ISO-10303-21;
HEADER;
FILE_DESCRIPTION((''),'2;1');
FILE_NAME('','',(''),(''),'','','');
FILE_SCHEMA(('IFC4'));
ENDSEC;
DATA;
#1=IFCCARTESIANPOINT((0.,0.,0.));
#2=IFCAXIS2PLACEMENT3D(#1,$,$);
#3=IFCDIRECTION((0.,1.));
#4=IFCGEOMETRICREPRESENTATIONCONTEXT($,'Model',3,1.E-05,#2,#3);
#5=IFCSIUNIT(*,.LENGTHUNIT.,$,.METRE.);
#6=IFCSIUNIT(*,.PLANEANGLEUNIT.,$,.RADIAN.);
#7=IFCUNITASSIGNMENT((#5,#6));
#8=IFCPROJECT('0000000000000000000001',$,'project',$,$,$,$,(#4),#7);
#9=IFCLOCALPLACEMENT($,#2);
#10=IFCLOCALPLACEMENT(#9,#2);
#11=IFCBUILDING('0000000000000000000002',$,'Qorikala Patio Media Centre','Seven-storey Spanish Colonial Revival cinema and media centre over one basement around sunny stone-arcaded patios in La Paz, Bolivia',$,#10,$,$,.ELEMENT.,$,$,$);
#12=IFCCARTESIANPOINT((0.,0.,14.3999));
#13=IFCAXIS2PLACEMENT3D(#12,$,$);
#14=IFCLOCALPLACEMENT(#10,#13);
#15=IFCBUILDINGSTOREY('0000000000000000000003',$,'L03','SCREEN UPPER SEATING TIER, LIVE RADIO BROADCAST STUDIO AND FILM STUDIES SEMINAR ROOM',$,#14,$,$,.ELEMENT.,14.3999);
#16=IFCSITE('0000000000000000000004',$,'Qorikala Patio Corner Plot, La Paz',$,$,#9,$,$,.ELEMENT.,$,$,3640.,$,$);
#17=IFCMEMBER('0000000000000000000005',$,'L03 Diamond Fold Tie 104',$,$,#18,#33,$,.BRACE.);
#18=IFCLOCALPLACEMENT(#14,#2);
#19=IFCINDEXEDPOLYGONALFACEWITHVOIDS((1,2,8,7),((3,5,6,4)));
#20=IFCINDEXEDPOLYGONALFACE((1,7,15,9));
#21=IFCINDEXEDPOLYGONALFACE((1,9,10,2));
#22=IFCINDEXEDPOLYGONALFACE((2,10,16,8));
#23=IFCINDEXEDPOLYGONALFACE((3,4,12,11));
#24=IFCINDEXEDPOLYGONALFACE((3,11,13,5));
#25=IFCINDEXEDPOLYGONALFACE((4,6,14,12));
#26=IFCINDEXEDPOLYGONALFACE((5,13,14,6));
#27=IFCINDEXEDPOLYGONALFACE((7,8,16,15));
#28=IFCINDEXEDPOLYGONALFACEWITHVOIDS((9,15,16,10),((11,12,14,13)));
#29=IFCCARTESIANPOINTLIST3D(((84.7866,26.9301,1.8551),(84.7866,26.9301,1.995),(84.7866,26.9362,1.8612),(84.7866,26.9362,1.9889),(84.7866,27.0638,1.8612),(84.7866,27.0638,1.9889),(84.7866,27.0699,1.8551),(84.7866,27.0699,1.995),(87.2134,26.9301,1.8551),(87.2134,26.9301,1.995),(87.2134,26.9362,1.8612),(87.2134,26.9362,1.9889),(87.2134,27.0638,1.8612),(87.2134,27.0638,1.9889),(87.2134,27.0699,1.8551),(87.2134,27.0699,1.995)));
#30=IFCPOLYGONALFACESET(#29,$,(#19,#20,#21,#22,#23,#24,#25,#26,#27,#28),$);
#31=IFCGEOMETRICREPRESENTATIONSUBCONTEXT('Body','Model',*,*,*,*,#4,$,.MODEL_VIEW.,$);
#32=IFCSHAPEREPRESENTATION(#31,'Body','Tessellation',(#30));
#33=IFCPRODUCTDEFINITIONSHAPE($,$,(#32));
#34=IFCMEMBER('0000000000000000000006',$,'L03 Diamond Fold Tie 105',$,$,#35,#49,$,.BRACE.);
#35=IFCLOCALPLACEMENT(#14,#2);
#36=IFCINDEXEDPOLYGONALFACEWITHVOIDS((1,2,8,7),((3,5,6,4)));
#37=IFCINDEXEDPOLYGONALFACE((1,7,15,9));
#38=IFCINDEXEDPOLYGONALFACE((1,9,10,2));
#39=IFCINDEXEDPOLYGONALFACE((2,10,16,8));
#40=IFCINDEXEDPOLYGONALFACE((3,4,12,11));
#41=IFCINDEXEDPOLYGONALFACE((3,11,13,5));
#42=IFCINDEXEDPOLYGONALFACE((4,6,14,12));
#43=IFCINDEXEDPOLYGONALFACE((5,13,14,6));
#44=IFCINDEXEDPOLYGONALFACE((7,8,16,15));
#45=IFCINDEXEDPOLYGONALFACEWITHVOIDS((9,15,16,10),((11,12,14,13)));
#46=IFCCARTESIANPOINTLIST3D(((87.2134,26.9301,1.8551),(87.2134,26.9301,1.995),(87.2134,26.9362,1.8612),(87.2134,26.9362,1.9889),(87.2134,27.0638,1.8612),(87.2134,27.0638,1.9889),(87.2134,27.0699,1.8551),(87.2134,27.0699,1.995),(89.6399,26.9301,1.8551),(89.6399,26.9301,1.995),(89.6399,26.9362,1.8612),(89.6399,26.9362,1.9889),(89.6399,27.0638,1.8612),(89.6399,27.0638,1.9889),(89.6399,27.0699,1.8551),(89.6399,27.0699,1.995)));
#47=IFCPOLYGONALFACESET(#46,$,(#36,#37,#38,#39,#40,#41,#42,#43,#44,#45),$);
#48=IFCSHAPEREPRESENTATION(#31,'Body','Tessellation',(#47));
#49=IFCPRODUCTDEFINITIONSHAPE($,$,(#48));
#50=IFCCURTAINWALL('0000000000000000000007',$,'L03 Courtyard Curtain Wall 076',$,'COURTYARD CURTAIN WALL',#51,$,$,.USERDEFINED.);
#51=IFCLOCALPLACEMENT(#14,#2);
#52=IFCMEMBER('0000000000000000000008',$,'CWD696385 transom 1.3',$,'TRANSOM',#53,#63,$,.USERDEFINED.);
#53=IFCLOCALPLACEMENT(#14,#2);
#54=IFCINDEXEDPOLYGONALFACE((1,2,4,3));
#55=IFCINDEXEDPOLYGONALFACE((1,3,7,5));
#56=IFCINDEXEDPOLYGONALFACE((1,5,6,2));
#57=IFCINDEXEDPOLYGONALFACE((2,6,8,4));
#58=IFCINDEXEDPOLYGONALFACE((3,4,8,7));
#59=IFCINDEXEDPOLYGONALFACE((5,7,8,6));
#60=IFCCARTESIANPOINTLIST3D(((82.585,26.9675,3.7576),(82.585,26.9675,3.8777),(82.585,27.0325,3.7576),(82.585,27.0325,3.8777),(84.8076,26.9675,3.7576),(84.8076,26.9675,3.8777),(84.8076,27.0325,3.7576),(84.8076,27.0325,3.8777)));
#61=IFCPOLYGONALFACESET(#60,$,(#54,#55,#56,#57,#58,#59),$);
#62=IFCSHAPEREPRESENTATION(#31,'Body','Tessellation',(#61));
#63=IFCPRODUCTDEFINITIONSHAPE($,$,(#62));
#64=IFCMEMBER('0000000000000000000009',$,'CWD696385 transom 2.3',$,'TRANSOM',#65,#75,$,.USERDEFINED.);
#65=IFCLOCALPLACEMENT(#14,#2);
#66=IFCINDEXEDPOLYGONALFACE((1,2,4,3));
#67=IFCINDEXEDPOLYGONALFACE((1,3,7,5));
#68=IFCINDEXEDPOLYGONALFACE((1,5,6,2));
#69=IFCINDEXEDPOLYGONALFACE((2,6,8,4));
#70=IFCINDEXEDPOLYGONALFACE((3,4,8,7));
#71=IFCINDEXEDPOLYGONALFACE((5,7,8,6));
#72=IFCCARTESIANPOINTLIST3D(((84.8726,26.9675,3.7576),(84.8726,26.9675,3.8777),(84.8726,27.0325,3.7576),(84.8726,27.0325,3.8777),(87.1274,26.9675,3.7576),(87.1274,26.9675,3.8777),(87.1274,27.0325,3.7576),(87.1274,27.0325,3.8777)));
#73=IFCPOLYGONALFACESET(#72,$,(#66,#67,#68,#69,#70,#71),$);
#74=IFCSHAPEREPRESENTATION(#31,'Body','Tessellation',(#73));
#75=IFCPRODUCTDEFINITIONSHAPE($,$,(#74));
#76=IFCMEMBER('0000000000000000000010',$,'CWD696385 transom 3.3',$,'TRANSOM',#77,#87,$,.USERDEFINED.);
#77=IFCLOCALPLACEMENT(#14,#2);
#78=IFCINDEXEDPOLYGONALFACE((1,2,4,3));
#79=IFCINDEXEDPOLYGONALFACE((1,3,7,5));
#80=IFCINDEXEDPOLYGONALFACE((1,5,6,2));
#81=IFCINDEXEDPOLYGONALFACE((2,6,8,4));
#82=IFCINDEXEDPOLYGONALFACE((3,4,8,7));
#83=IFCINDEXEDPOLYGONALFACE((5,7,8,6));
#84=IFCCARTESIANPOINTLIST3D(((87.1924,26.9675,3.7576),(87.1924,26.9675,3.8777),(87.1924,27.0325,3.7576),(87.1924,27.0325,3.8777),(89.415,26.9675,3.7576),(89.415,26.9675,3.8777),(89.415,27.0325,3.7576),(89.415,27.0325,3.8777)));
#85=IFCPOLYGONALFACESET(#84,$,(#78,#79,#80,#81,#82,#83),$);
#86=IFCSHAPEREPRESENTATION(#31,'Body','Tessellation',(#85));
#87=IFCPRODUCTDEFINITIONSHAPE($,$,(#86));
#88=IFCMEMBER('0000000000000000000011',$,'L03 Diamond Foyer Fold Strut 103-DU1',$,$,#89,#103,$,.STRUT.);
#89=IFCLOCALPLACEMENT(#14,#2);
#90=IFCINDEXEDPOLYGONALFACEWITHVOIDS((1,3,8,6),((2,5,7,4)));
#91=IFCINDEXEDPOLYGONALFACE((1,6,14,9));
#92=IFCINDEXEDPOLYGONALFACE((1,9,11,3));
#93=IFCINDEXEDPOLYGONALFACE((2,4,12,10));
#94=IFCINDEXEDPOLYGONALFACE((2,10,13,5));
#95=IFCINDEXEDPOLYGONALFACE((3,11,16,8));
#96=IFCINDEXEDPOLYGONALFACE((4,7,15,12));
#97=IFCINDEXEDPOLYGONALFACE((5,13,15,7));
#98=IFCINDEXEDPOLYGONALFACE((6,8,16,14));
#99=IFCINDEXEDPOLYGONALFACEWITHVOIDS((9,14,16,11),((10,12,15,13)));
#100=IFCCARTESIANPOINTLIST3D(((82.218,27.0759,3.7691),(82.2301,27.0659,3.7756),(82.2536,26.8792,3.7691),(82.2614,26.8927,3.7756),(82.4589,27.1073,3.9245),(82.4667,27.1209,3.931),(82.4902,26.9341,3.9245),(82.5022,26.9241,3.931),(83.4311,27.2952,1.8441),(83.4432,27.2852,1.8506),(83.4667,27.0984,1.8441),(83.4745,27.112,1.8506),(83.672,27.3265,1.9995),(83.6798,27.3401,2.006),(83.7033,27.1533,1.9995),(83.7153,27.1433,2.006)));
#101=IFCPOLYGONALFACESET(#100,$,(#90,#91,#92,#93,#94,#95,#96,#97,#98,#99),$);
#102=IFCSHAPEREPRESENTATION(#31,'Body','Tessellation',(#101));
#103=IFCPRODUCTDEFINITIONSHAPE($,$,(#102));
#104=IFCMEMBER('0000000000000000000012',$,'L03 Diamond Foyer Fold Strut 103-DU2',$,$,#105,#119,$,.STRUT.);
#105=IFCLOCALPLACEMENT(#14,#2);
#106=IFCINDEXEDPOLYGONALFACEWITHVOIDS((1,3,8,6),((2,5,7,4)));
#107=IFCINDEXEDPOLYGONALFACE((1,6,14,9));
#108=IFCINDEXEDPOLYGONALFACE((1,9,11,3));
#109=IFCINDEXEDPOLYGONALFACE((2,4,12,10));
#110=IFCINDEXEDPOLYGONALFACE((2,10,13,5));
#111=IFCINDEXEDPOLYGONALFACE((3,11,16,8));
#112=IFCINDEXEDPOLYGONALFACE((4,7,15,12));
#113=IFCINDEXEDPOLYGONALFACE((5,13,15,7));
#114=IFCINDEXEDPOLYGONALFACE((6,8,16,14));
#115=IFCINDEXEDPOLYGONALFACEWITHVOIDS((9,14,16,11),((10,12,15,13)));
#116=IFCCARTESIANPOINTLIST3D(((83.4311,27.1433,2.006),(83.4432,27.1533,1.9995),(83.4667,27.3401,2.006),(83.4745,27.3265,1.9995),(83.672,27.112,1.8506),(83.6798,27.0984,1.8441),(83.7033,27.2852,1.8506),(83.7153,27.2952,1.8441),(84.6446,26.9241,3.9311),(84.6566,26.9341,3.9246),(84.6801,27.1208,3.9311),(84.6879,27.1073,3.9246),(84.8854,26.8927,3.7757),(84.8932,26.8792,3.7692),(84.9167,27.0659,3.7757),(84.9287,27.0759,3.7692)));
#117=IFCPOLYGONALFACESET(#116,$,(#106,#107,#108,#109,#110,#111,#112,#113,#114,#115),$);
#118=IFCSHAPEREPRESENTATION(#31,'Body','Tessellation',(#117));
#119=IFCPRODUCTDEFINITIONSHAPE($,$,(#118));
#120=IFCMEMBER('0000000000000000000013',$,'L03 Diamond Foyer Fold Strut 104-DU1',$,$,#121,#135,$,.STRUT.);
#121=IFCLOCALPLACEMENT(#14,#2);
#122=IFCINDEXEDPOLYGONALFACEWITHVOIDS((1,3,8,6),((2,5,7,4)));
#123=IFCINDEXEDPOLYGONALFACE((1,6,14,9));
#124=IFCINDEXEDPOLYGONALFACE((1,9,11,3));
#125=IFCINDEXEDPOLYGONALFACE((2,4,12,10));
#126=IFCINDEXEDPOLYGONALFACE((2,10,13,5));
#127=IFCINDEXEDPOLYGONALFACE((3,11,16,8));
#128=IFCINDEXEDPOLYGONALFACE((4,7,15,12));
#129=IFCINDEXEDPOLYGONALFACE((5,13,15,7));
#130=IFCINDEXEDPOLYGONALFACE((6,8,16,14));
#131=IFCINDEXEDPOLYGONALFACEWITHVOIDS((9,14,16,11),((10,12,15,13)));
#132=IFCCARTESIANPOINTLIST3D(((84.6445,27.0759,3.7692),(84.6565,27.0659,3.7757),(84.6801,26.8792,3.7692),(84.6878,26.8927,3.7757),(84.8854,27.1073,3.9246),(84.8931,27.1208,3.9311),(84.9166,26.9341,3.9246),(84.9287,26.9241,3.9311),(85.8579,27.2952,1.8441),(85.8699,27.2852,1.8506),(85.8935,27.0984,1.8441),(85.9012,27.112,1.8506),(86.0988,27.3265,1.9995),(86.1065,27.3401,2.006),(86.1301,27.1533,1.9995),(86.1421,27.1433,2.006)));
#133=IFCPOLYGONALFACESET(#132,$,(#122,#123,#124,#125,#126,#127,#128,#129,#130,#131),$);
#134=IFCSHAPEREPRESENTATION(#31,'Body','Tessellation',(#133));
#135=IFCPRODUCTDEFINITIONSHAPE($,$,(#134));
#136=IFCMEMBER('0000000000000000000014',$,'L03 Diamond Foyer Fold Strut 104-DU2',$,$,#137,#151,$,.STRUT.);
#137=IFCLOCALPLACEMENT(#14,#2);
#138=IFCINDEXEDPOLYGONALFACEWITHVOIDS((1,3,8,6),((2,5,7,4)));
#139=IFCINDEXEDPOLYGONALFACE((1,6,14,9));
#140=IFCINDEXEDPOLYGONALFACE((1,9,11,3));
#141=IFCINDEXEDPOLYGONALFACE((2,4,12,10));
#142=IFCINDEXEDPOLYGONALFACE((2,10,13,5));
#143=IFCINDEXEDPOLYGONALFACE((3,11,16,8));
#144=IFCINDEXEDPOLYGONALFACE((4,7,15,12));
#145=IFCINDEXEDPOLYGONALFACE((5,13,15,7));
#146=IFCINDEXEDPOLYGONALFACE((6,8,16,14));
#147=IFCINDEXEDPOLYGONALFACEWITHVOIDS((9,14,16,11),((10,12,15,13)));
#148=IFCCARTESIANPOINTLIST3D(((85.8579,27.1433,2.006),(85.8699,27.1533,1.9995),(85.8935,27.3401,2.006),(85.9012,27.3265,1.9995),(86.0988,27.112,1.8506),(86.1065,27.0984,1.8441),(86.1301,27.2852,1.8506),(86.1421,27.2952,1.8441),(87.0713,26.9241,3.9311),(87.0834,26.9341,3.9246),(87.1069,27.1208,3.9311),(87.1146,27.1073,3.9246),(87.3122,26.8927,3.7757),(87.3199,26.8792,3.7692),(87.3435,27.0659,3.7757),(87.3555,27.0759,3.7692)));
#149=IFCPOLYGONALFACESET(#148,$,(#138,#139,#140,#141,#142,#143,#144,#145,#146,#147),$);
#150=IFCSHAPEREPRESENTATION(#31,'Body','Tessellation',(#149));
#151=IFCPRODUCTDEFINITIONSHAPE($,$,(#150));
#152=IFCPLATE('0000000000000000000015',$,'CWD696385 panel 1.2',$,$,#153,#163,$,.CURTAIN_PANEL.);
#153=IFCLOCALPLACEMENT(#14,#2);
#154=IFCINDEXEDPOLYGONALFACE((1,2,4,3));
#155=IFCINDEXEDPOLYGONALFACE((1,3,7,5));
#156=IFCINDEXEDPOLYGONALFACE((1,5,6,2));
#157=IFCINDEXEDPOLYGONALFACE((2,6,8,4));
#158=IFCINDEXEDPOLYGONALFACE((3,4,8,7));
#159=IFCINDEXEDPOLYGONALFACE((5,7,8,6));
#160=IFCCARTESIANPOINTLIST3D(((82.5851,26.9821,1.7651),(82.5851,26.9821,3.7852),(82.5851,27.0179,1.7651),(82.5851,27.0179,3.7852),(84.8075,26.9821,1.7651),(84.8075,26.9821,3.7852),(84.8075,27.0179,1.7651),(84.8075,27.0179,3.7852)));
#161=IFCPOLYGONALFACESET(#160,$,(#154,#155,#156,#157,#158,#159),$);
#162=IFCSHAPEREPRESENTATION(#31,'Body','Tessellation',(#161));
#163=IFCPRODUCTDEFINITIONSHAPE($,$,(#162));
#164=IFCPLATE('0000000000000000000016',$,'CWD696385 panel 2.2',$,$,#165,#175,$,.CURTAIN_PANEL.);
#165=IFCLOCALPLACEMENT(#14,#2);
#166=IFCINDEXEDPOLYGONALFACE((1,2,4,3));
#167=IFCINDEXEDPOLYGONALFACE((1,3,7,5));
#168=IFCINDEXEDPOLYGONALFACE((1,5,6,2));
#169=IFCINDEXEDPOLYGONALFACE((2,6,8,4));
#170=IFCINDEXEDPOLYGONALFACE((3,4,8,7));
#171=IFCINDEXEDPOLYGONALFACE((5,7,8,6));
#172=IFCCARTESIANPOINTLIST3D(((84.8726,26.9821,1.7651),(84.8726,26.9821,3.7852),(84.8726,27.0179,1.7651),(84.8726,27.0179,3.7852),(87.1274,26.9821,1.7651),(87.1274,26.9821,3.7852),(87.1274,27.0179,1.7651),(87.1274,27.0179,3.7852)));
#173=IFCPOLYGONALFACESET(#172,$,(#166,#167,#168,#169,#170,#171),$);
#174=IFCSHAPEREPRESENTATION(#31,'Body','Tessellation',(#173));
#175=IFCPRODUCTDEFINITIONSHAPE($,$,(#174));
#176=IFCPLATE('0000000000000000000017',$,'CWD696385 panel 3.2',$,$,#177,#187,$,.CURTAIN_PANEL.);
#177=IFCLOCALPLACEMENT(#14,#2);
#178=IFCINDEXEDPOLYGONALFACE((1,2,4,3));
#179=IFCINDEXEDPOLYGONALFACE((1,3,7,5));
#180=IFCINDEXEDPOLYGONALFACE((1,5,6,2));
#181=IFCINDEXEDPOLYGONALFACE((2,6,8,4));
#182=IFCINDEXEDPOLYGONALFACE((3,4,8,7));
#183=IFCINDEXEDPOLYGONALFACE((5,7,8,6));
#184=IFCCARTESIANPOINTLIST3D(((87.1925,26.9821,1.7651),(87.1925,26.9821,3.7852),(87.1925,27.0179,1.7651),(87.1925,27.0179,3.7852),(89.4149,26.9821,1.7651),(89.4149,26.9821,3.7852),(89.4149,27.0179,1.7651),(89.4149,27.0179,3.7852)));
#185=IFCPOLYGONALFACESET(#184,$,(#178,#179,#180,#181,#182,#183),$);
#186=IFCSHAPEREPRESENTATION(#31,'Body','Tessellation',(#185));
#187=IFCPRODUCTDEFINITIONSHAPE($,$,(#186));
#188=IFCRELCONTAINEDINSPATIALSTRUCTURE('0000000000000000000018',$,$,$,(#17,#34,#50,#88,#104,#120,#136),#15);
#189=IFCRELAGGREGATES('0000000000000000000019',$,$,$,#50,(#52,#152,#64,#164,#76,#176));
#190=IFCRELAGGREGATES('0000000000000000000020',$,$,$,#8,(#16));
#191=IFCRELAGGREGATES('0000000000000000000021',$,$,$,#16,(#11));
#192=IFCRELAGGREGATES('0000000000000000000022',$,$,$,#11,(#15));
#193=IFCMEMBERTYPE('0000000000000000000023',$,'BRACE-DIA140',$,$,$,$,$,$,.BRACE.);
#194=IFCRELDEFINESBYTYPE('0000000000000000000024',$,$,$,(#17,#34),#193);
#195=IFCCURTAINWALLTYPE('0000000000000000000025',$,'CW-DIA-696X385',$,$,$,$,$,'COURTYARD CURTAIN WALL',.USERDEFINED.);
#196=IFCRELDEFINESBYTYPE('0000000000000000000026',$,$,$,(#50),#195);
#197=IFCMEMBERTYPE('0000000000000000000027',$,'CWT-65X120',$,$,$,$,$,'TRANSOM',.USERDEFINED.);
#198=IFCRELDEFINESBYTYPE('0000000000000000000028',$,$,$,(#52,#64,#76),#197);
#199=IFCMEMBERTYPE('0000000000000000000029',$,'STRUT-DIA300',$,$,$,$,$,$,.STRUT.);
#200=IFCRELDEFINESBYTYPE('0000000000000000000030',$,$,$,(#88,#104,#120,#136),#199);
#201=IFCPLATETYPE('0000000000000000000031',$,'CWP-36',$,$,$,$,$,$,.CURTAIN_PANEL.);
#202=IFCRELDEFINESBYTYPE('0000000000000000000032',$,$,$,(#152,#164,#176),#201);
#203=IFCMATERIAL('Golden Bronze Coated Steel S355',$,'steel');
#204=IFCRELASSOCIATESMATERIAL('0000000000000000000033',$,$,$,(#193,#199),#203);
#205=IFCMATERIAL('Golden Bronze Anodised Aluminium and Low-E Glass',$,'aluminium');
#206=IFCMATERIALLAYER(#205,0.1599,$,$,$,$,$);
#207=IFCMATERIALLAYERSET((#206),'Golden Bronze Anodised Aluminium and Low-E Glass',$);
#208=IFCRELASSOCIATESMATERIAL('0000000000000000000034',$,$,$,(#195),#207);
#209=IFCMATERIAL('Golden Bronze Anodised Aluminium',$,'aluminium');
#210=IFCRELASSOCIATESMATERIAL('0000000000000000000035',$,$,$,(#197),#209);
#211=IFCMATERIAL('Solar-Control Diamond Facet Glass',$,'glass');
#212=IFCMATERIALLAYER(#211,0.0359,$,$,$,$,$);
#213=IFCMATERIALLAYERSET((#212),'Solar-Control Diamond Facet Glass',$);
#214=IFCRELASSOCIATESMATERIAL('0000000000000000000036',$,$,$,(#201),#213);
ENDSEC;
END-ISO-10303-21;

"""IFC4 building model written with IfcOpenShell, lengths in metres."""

from ifc_helpers import new_model, si_unit, direction, frame, origin, origin_2d, place, context, subcontext, project, spatial, rectangle, hollow_rectangle, extrude, material, layer, layer_set, material_profile, profile_set, type_object, element, aggregate, save


model = new_model("IFC4")

# Units and contexts
model_context = context("Model", 3, precision=1e-05, world=origin(), true_north=direction((0.0, 1.0)))
body_context = subcontext(model_context, "Body", "Model", "MODEL_VIEW")
ifc_project = project(units=[si_unit("LENGTHUNIT", "METRE"), si_unit("PLANEANGLEUNIT", "RADIAN")], contexts=[model_context])

# Site, building, storey
site_placement = place(None, origin())
site = spatial("IfcSite", under=ifc_project, at=site_placement, Name="Qorikala Patio Corner Plot, La Paz", CompositionType="ELEMENT", RefElevation=3640.0)
building_placement = place(site_placement, origin())
building = spatial("IfcBuilding", under=site, at=building_placement, Name="Qorikala Patio Media Centre", Description="Seven-storey Spanish Colonial Revival cinema and media centre over one basement around sunny stone-arcaded patios in La Paz, Bolivia", CompositionType="ELEMENT")
storey_placement = place(building_placement, frame((0.0, 0.0, 14.3999)))
storey = spatial("IfcBuildingStorey", under=building, at=storey_placement, Name="L03", Description="SCREEN UPPER SEATING TIER, LIVE RADIO BROADCAST STUDIO AND FILM STUDIES SEMINAR ROOM", CompositionType="ELEMENT", Elevation=14.3999)

# Members
ifc_material_1 = material(Name="Golden Bronze Coated Steel S355", Category="steel")
ifc_material_profile_1 = material_profile(ifc_material_1, hollow_rectangle(XDim=0.1399, YDim=0.1399, WallThickness=0.0061, at=origin_2d()), Name="HSS140X140X6")
ifc_profile_set_1 = profile_set([ifc_material_profile_1], Name="Golden Bronze Coated Steel S355")
member_type_1 = type_object("IfcMemberType", Name="BRACE-DIA140", PredefinedType="BRACE", material=ifc_profile_set_1)
member_1_placement = place(storey_placement, frame((84.7866, 27.0, 1.925), z_axis=(1.0, 0.0, 0.0), x_axis=(0.0, 1.0, 0.0)))
element("IfcMember", 1, at=member_1_placement, inside=storey, type_object=member_type_1, Name="L03 Diamond Fold Tie 104", PredefinedType="BRACE", context=body_context, shape_type="SweptSolid", body=[
    extrude(hollow_rectangle(XDim=0.1399, YDim=0.1399, WallThickness=0.0061, at=origin_2d()), origin(), (0.0, 0.0, 1.0), 2.4268),
])
member_2_placement = place(storey_placement, frame((87.2134, 27.0, 1.925), z_axis=(1.0, 0.0, 0.0), x_axis=(0.0, 1.0, 0.0)))
element("IfcMember", 2, at=member_2_placement, inside=storey, type_object=member_type_1, Name="L03 Diamond Fold Tie 105", PredefinedType="BRACE", context=body_context, shape_type="SweptSolid", body=[
    extrude(hollow_rectangle(XDim=0.1399, YDim=0.1399, WallThickness=0.0061, at=origin_2d()), origin(), (0.0, 0.0, 1.0), 2.4265),
])

# Curtain wall, members
ifc_material_2 = material(Name="Golden Bronze Anodised Aluminium and Low-E Glass", Category="aluminium")
ifc_layer_1 = layer(ifc_material_2, 0.1599)
ifc_layer_set_1 = layer_set([ifc_layer_1], Name="Golden Bronze Anodised Aluminium and Low-E Glass")
curtain_wall_type = type_object("IfcCurtainWallType", Name="CW-DIA-696X385", ElementType="COURTYARD CURTAIN WALL", PredefinedType="USERDEFINED", material=ifc_layer_set_1)
curtain_wall_placement = place(storey_placement, origin())
curtain_wall = element("IfcCurtainWall", 3, at=curtain_wall_placement, inside=storey, type_object=curtain_wall_type, Name="L03 Courtyard Curtain Wall 076", ObjectType="COURTYARD CURTAIN WALL", PredefinedType="USERDEFINED")
ifc_material_3 = material(Name="Golden Bronze Anodised Aluminium", Category="aluminium")
ifc_material_profile_2 = material_profile(ifc_material_3, rectangle(XDim=0.0649, YDim=0.1201, at=origin_2d()), Name="ALU TRANSOM 65x120")
ifc_profile_set_2 = profile_set([ifc_material_profile_2], Name="Golden Bronze Anodised Aluminium")
member_type_2 = type_object("IfcMemberType", Name="CWT-65X120", ElementType="TRANSOM", PredefinedType="USERDEFINED", material=ifc_profile_set_2)
member_3_placement = place(storey_placement, frame((82.585, 27.0, 3.8176), z_axis=(1.0, 0.0, 0.0), x_axis=(0.0, 1.0, 0.0)))
member_3 = element("IfcMember", 4, at=member_3_placement, type_object=member_type_2, Name="CWD696385 transom 1.3", ObjectType="TRANSOM", PredefinedType="USERDEFINED", context=body_context, shape_type="SweptSolid", body=[
    extrude(rectangle(XDim=0.0649, YDim=0.1201, at=origin_2d()), origin(), (0.0, 0.0, 1.0), 2.2227),
])
member_4_placement = place(storey_placement, frame((84.8726, 27.0, 3.8176), z_axis=(1.0, 0.0, 0.0), x_axis=(0.0, 1.0, 0.0)))
member_4 = element("IfcMember", 5, at=member_4_placement, type_object=member_type_2, Name="CWD696385 transom 2.3", ObjectType="TRANSOM", PredefinedType="USERDEFINED", context=body_context, shape_type="SweptSolid", body=[
    extrude(rectangle(XDim=0.0649, YDim=0.1201, at=origin_2d()), origin(), (0.0, 0.0, 1.0), 2.2549),
])
member_5_placement = place(storey_placement, frame((87.1924, 27.0, 3.8176), z_axis=(1.0, 0.0, 0.0), x_axis=(0.0, 1.0, 0.0)))
member_5 = element("IfcMember", 6, at=member_5_placement, type_object=member_type_2, Name="CWD696385 transom 3.3", ObjectType="TRANSOM", PredefinedType="USERDEFINED", context=body_context, shape_type="SweptSolid", body=[
    extrude(rectangle(XDim=0.0649, YDim=0.1201, at=origin_2d()), origin(), (0.0, 0.0, 1.0), 2.2227),
])

# Members
ifc_material_profile_3 = material_profile(ifc_material_1, hollow_rectangle(XDim=0.2, YDim=0.3, WallThickness=0.012, at=origin_2d()), Name="HSS300X200X12")
ifc_profile_set_3 = profile_set([ifc_material_profile_3], Name="Golden Bronze Coated Steel S355")
member_type_3 = type_object("IfcMemberType", Name="STRUT-DIA300", PredefinedType="STRUT", material=ifc_profile_set_3)
member_6_placement = place(storey_placement, frame((83.5732, 27.2192, 1.925), z_axis=(-0.530691, -0.095907, 0.842121), x_axis=(0.17784, -0.984059, 0.0)))
element("IfcMember", 7, at=member_6_placement, inside=storey, type_object=member_type_3, Name="L03 Diamond Foyer Fold Strut 103-DU1", PredefinedType="STRUT", context=body_context, shape_type="SweptSolid", body=[
    extrude(hollow_rectangle(XDim=0.2, YDim=0.3, WallThickness=0.012, at=origin_2d()), origin(), (0.0, 0.0, 1.0), 2.2859),
])
for number, where, z_axis, x_axis, name in (
    (8, (83.5732, 27.2192, 1.925), (0.530768, -0.095901, 0.842074), (0.177805, 0.984066, 0.0), "L03 Diamond Foyer Fold Strut 103-DU2"),
    (9, (86.0, 27.2192, 1.925), (-0.530768, -0.095901, 0.842074), (0.177805, -0.984066, 0.0), "L03 Diamond Foyer Fold Strut 104-DU1"),
    (10, (86.0, 27.2192, 1.925), (0.530768, -0.095901, 0.842074), (0.177805, 0.984066, 0.0), "L03 Diamond Foyer Fold Strut 104-DU2"),
):
    element("IfcMember", number, at=place(storey_placement, frame(where, z_axis=z_axis, x_axis=x_axis)), inside=storey, type_object=member_type_3, Name=name, PredefinedType="STRUT", context=body_context, shape_type="SweptSolid", body=[
        extrude(hollow_rectangle(XDim=0.2, YDim=0.3, WallThickness=0.012, at=origin_2d()), origin(), (0.0, 0.0, 1.0), 2.2861),
    ])

# Plates
ifc_material_4 = material(Name="Solar-Control Diamond Facet Glass", Category="glass")
ifc_layer_2 = layer(ifc_material_4, 0.0359)
ifc_layer_set_2 = layer_set([ifc_layer_2], Name="Solar-Control Diamond Facet Glass")
plate_type_1 = type_object("IfcPlateType", Name="CWP-36", PredefinedType="CURTAIN_PANEL", material=ifc_layer_set_2)
plate_1_placement = place(storey_placement, frame((83.6963, 27.0, 1.7651), z_axis=(0.0, 0.0, 1.0), x_axis=(1.0, 0.0, 0.0)))
plate_1 = element("IfcPlate", 11, at=plate_1_placement, type_object=plate_type_1, Name="CWD696385 panel 1.2", PredefinedType="CURTAIN_PANEL", context=body_context, shape_type="SweptSolid", body=[
    extrude(rectangle(XDim=2.2224, YDim=0.0359, at=origin_2d()), origin(), (0.0, 0.0, 1.0), 2.02),
])
plate_2_placement = place(storey_placement, frame((86.0, 27.0, 1.7651), z_axis=(0.0, 0.0, 1.0), x_axis=(1.0, 0.0, 0.0)))
plate_2 = element("IfcPlate", 12, at=plate_2_placement, type_object=plate_type_1, Name="CWD696385 panel 2.2", PredefinedType="CURTAIN_PANEL", context=body_context, shape_type="SweptSolid", body=[
    extrude(rectangle(XDim=2.2549, YDim=0.0359, at=origin_2d()), origin(), (0.0, 0.0, 1.0), 2.02),
])
plate_3_placement = place(storey_placement, frame((88.3037, 27.0, 1.7651), z_axis=(0.0, 0.0, 1.0), x_axis=(1.0, 0.0, 0.0)))
plate_3 = element("IfcPlate", 13, at=plate_3_placement, type_object=plate_type_1, Name="CWD696385 panel 3.2", PredefinedType="CURTAIN_PANEL", context=body_context, shape_type="SweptSolid", body=[
    extrude(rectangle(XDim=2.2224, YDim=0.0359, at=origin_2d()), origin(), (0.0, 0.0, 1.0), 2.02),
])
aggregate(curtain_wall, [member_3, plate_1, member_4, plate_2, member_5, plate_3])

save(model, "model.ifc")
